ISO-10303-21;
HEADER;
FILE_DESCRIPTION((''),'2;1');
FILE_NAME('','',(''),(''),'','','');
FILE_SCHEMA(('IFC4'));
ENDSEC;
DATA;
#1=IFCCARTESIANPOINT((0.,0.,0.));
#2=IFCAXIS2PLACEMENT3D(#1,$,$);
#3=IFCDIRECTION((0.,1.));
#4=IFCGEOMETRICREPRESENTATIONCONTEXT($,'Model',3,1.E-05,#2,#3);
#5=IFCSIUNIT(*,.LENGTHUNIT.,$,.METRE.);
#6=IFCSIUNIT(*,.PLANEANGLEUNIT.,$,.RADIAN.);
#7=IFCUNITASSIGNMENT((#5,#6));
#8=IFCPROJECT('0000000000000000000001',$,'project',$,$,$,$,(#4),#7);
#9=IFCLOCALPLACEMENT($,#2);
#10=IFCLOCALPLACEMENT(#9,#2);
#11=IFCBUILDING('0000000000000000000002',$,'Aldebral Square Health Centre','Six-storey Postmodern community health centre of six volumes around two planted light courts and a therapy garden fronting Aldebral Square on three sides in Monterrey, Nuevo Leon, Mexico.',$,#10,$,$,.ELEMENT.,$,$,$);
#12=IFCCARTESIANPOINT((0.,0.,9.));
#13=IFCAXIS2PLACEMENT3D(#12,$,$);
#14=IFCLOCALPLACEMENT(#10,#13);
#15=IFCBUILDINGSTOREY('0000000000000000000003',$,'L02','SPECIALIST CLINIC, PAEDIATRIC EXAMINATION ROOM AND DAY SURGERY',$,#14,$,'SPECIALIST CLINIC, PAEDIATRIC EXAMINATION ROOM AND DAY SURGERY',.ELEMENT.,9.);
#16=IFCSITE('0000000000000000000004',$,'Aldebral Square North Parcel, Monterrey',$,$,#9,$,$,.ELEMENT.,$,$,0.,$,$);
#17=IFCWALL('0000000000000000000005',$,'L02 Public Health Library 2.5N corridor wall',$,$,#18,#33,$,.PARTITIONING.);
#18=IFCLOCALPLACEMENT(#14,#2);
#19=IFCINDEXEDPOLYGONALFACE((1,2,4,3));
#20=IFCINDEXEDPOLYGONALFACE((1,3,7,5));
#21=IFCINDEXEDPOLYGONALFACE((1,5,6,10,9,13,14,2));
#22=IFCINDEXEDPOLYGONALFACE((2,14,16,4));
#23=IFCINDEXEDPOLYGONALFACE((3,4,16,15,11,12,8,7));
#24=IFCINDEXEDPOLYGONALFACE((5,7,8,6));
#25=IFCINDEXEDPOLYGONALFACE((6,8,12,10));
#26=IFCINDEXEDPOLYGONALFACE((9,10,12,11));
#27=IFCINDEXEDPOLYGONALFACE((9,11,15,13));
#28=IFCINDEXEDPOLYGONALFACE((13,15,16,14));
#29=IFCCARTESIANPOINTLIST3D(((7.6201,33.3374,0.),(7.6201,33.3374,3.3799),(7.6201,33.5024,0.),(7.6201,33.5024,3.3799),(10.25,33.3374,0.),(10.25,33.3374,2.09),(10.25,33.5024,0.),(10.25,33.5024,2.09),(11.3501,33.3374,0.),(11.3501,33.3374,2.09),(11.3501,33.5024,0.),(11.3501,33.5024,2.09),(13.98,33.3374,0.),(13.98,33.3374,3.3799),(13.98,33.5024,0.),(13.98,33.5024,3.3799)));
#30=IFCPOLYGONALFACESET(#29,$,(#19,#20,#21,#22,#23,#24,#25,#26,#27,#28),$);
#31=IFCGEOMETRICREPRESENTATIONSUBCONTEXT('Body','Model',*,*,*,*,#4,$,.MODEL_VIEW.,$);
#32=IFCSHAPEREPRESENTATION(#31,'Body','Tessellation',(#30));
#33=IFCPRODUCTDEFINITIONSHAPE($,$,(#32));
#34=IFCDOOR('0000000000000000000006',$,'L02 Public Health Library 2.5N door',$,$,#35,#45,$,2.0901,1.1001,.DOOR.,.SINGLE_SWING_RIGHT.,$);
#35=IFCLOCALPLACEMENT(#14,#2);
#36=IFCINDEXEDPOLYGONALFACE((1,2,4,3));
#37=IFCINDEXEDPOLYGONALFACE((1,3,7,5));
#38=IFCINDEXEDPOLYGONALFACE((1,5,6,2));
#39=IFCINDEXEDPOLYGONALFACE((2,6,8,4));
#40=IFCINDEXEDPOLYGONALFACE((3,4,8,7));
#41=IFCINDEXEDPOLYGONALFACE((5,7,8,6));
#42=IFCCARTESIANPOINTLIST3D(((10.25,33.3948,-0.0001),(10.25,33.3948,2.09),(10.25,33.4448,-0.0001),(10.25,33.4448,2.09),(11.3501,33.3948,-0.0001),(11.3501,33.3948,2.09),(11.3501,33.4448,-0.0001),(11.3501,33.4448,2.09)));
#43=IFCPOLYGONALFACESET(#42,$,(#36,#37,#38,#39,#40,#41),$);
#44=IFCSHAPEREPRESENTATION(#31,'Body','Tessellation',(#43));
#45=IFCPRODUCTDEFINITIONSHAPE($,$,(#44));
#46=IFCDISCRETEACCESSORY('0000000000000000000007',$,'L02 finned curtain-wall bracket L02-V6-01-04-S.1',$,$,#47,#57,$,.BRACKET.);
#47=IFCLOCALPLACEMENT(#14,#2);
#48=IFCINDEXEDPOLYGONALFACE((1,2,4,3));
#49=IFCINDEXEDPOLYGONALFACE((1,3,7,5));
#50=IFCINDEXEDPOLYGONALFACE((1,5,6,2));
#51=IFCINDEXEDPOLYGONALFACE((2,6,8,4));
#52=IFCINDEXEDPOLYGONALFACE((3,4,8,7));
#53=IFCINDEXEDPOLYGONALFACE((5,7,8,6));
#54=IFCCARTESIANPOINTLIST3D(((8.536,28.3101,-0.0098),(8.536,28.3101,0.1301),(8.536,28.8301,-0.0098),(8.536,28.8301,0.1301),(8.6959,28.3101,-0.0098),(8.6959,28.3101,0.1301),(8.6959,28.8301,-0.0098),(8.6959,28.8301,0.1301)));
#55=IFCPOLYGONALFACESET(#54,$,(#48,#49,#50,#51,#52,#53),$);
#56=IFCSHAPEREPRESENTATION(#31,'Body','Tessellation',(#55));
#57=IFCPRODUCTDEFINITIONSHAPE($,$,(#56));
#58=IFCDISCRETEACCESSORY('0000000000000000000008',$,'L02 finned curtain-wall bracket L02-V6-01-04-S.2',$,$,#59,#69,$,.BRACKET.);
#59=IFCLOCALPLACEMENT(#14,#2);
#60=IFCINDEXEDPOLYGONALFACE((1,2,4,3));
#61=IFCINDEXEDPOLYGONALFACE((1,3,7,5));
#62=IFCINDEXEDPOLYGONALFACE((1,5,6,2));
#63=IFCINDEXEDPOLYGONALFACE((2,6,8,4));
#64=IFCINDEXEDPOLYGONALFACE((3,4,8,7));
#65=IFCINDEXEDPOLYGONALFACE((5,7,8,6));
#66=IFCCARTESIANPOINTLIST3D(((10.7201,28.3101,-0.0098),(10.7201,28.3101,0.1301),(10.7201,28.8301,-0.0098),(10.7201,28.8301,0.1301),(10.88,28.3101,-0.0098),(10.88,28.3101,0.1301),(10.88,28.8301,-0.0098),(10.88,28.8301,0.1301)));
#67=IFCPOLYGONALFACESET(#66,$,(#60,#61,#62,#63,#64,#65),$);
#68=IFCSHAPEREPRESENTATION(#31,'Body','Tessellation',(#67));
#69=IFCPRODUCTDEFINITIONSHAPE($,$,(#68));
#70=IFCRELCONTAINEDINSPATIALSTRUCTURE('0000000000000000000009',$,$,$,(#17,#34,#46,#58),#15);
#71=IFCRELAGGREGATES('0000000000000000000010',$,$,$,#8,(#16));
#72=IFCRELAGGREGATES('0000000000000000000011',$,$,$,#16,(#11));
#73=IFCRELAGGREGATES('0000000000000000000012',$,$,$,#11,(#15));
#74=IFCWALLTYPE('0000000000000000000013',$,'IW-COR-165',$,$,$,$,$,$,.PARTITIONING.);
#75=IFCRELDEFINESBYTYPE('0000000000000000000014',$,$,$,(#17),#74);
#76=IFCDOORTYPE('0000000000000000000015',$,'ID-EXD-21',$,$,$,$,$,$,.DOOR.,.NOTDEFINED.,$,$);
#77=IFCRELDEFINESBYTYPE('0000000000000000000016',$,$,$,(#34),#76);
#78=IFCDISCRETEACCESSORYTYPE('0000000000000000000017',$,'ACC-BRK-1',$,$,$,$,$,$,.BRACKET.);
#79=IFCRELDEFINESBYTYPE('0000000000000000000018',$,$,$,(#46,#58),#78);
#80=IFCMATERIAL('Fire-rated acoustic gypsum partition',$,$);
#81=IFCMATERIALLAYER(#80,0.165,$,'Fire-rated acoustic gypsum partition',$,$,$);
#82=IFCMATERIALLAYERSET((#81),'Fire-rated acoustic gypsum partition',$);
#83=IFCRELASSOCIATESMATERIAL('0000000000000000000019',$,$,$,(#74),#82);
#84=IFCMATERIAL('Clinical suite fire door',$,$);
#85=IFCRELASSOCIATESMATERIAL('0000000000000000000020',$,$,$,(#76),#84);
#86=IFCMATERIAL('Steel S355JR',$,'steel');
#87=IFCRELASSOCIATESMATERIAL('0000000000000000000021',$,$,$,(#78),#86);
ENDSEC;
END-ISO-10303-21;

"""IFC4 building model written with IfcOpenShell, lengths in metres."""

from ifc_helpers import new_model, si_unit, direction, frame, frame_2d, origin, origin_2d, place, context, subcontext, project, spatial, rectangle, extrude, material, layer, layer_set, type_object, element, fill, save


model = new_model("IFC4")

# Units and contexts
model_context = context("Model", 3, precision=1e-05, world=origin(), true_north=direction((0.0, 1.0)))
body_context = subcontext(model_context, "Body", "Model", "MODEL_VIEW")
ifc_project = project(units=[si_unit("LENGTHUNIT", "METRE"), si_unit("PLANEANGLEUNIT", "RADIAN")], contexts=[model_context])

# Site, building, storey
site_placement = place(None, origin())
site = spatial("IfcSite", under=ifc_project, at=site_placement, Name="Aldebral Square North Parcel, Monterrey", CompositionType="ELEMENT", RefElevation=0.0)
building_placement = place(site_placement, origin())
building = spatial("IfcBuilding", under=site, at=building_placement, Name="Aldebral Square Health Centre", Description="Six-storey Postmodern community health centre of six volumes around two planted light courts and a therapy garden fronting Aldebral Square on three sides in Monterrey, Nuevo Leon, Mexico.", CompositionType="ELEMENT")
storey_placement = place(building_placement, frame((0.0, 0.0, 9.0)))
storey = spatial("IfcBuildingStorey", under=building, at=storey_placement, Name="L02", Description="SPECIALIST CLINIC, PAEDIATRIC EXAMINATION ROOM AND DAY SURGERY", LongName="SPECIALIST CLINIC, PAEDIATRIC EXAMINATION ROOM AND DAY SURGERY", CompositionType="ELEMENT", Elevation=9.0)

# Wall, opening, door
ifc_material_1 = material(Name="Fire-rated acoustic gypsum partition")
ifc_layer_1 = layer(ifc_material_1, 0.165, Name="Fire-rated acoustic gypsum partition")
ifc_layer_set_1 = layer_set([ifc_layer_1], Name="Fire-rated acoustic gypsum partition")
wall_type = type_object("IfcWallType", Name="IW-COR-165", PredefinedType="PARTITIONING", material=ifc_layer_set_1)
ifc_material_2 = material(Name="Clinical suite fire door")
wall_1_placement = place(storey_placement, frame((7.6201, 33.4199, 0.0), z_axis=(0.0, 0.0, 1.0), x_axis=(1.0, 0.0, 0.0)))
wall_1 = element("IfcWall", 1, at=wall_1_placement, inside=storey, type_object=wall_type, Name="L02 Public Health Library 2.5N corridor wall", PredefinedType="PARTITIONING", context=body_context, shape_type="SweptSolid", body=[
    extrude(rectangle(XDim=6.3599, YDim=0.165, at=frame_2d((3.1799, 0.0))), origin(), (0.0, 0.0, 1.0), 3.3799),
])
opening_1_placement = place(wall_1_placement, frame((2.6299, 0.0, 0.0)))
opening_1 = element("IfcOpeningElement", 2, at=opening_1_placement, cuts=wall_1, PredefinedType="OPENING", context=body_context, shape_type="SweptSolid", body=[
    extrude(rectangle(XDim=1.1001, YDim=2.0901, at=frame_2d((0.55, 1.0449))), frame((0.0, 0.0925, 0.0), z_axis=(0.0, -1.0, 0.0), x_axis=(1.0, 0.0, 0.0)), (0.0, 0.0, 1.0), 0.1851),
])
door_type_1 = type_object("IfcDoorType", Name="ID-EXD-21", OperationType="NOTDEFINED", PredefinedType="DOOR", material=ifc_material_2)
door_1_placement = place(opening_1_placement, origin())
door_1 = element("IfcDoor", 3, at=door_1_placement, inside=storey, type_object=door_type_1, Name="L02 Public Health Library 2.5N door", OperationType="SINGLE_SWING_RIGHT", OverallHeight=2.0901, OverallWidth=1.1001, PredefinedType="DOOR", context=body_context, shape_type="SweptSolid", body=[
    extrude(rectangle(XDim=1.1001, YDim=2.0901, at=frame_2d((0.55, 1.0449))), frame((0.0, 0.0249, 0.0), z_axis=(0.0, -1.0, 0.0), x_axis=(1.0, 0.0, 0.0)), (0.0, 0.0, 1.0), 0.05),
])
fill(opening_1, door_1)

# Discrete accessories
ifc_material_3 = material(Name="Steel S355JR", Category="steel")
discrete_accessory_type = type_object("IfcDiscreteAccessoryType", Name="ACC-BRK-1", PredefinedType="BRACKET", material=ifc_material_3)
for number, where, z_axis, x_axis, name in (
    (4, (8.616, 28.5701, -0.0098), (0.0, 0.0, 1.0), (1.0, 0.0, 0.0), "L02 finned curtain-wall bracket L02-V6-01-04-S.1"),
    (5, (10.8, 28.5701, -0.0098), (0.0, 0.0, 1.0), (1.0, 0.0, 0.0), "L02 finned curtain-wall bracket L02-V6-01-04-S.2"),
):
    element("IfcDiscreteAccessory", number, at=place(storey_placement, frame(where, z_axis=z_axis, x_axis=x_axis)), inside=storey, type_object=discrete_accessory_type, Name=name, PredefinedType="BRACKET", context=body_context, shape_type="SweptSolid", body=[
        extrude(rectangle(XDim=0.1599, YDim=0.52, at=origin_2d()), origin(), (0.0, 0.0, 1.0), 0.1399),
    ])

save(model, "model.ifc")
